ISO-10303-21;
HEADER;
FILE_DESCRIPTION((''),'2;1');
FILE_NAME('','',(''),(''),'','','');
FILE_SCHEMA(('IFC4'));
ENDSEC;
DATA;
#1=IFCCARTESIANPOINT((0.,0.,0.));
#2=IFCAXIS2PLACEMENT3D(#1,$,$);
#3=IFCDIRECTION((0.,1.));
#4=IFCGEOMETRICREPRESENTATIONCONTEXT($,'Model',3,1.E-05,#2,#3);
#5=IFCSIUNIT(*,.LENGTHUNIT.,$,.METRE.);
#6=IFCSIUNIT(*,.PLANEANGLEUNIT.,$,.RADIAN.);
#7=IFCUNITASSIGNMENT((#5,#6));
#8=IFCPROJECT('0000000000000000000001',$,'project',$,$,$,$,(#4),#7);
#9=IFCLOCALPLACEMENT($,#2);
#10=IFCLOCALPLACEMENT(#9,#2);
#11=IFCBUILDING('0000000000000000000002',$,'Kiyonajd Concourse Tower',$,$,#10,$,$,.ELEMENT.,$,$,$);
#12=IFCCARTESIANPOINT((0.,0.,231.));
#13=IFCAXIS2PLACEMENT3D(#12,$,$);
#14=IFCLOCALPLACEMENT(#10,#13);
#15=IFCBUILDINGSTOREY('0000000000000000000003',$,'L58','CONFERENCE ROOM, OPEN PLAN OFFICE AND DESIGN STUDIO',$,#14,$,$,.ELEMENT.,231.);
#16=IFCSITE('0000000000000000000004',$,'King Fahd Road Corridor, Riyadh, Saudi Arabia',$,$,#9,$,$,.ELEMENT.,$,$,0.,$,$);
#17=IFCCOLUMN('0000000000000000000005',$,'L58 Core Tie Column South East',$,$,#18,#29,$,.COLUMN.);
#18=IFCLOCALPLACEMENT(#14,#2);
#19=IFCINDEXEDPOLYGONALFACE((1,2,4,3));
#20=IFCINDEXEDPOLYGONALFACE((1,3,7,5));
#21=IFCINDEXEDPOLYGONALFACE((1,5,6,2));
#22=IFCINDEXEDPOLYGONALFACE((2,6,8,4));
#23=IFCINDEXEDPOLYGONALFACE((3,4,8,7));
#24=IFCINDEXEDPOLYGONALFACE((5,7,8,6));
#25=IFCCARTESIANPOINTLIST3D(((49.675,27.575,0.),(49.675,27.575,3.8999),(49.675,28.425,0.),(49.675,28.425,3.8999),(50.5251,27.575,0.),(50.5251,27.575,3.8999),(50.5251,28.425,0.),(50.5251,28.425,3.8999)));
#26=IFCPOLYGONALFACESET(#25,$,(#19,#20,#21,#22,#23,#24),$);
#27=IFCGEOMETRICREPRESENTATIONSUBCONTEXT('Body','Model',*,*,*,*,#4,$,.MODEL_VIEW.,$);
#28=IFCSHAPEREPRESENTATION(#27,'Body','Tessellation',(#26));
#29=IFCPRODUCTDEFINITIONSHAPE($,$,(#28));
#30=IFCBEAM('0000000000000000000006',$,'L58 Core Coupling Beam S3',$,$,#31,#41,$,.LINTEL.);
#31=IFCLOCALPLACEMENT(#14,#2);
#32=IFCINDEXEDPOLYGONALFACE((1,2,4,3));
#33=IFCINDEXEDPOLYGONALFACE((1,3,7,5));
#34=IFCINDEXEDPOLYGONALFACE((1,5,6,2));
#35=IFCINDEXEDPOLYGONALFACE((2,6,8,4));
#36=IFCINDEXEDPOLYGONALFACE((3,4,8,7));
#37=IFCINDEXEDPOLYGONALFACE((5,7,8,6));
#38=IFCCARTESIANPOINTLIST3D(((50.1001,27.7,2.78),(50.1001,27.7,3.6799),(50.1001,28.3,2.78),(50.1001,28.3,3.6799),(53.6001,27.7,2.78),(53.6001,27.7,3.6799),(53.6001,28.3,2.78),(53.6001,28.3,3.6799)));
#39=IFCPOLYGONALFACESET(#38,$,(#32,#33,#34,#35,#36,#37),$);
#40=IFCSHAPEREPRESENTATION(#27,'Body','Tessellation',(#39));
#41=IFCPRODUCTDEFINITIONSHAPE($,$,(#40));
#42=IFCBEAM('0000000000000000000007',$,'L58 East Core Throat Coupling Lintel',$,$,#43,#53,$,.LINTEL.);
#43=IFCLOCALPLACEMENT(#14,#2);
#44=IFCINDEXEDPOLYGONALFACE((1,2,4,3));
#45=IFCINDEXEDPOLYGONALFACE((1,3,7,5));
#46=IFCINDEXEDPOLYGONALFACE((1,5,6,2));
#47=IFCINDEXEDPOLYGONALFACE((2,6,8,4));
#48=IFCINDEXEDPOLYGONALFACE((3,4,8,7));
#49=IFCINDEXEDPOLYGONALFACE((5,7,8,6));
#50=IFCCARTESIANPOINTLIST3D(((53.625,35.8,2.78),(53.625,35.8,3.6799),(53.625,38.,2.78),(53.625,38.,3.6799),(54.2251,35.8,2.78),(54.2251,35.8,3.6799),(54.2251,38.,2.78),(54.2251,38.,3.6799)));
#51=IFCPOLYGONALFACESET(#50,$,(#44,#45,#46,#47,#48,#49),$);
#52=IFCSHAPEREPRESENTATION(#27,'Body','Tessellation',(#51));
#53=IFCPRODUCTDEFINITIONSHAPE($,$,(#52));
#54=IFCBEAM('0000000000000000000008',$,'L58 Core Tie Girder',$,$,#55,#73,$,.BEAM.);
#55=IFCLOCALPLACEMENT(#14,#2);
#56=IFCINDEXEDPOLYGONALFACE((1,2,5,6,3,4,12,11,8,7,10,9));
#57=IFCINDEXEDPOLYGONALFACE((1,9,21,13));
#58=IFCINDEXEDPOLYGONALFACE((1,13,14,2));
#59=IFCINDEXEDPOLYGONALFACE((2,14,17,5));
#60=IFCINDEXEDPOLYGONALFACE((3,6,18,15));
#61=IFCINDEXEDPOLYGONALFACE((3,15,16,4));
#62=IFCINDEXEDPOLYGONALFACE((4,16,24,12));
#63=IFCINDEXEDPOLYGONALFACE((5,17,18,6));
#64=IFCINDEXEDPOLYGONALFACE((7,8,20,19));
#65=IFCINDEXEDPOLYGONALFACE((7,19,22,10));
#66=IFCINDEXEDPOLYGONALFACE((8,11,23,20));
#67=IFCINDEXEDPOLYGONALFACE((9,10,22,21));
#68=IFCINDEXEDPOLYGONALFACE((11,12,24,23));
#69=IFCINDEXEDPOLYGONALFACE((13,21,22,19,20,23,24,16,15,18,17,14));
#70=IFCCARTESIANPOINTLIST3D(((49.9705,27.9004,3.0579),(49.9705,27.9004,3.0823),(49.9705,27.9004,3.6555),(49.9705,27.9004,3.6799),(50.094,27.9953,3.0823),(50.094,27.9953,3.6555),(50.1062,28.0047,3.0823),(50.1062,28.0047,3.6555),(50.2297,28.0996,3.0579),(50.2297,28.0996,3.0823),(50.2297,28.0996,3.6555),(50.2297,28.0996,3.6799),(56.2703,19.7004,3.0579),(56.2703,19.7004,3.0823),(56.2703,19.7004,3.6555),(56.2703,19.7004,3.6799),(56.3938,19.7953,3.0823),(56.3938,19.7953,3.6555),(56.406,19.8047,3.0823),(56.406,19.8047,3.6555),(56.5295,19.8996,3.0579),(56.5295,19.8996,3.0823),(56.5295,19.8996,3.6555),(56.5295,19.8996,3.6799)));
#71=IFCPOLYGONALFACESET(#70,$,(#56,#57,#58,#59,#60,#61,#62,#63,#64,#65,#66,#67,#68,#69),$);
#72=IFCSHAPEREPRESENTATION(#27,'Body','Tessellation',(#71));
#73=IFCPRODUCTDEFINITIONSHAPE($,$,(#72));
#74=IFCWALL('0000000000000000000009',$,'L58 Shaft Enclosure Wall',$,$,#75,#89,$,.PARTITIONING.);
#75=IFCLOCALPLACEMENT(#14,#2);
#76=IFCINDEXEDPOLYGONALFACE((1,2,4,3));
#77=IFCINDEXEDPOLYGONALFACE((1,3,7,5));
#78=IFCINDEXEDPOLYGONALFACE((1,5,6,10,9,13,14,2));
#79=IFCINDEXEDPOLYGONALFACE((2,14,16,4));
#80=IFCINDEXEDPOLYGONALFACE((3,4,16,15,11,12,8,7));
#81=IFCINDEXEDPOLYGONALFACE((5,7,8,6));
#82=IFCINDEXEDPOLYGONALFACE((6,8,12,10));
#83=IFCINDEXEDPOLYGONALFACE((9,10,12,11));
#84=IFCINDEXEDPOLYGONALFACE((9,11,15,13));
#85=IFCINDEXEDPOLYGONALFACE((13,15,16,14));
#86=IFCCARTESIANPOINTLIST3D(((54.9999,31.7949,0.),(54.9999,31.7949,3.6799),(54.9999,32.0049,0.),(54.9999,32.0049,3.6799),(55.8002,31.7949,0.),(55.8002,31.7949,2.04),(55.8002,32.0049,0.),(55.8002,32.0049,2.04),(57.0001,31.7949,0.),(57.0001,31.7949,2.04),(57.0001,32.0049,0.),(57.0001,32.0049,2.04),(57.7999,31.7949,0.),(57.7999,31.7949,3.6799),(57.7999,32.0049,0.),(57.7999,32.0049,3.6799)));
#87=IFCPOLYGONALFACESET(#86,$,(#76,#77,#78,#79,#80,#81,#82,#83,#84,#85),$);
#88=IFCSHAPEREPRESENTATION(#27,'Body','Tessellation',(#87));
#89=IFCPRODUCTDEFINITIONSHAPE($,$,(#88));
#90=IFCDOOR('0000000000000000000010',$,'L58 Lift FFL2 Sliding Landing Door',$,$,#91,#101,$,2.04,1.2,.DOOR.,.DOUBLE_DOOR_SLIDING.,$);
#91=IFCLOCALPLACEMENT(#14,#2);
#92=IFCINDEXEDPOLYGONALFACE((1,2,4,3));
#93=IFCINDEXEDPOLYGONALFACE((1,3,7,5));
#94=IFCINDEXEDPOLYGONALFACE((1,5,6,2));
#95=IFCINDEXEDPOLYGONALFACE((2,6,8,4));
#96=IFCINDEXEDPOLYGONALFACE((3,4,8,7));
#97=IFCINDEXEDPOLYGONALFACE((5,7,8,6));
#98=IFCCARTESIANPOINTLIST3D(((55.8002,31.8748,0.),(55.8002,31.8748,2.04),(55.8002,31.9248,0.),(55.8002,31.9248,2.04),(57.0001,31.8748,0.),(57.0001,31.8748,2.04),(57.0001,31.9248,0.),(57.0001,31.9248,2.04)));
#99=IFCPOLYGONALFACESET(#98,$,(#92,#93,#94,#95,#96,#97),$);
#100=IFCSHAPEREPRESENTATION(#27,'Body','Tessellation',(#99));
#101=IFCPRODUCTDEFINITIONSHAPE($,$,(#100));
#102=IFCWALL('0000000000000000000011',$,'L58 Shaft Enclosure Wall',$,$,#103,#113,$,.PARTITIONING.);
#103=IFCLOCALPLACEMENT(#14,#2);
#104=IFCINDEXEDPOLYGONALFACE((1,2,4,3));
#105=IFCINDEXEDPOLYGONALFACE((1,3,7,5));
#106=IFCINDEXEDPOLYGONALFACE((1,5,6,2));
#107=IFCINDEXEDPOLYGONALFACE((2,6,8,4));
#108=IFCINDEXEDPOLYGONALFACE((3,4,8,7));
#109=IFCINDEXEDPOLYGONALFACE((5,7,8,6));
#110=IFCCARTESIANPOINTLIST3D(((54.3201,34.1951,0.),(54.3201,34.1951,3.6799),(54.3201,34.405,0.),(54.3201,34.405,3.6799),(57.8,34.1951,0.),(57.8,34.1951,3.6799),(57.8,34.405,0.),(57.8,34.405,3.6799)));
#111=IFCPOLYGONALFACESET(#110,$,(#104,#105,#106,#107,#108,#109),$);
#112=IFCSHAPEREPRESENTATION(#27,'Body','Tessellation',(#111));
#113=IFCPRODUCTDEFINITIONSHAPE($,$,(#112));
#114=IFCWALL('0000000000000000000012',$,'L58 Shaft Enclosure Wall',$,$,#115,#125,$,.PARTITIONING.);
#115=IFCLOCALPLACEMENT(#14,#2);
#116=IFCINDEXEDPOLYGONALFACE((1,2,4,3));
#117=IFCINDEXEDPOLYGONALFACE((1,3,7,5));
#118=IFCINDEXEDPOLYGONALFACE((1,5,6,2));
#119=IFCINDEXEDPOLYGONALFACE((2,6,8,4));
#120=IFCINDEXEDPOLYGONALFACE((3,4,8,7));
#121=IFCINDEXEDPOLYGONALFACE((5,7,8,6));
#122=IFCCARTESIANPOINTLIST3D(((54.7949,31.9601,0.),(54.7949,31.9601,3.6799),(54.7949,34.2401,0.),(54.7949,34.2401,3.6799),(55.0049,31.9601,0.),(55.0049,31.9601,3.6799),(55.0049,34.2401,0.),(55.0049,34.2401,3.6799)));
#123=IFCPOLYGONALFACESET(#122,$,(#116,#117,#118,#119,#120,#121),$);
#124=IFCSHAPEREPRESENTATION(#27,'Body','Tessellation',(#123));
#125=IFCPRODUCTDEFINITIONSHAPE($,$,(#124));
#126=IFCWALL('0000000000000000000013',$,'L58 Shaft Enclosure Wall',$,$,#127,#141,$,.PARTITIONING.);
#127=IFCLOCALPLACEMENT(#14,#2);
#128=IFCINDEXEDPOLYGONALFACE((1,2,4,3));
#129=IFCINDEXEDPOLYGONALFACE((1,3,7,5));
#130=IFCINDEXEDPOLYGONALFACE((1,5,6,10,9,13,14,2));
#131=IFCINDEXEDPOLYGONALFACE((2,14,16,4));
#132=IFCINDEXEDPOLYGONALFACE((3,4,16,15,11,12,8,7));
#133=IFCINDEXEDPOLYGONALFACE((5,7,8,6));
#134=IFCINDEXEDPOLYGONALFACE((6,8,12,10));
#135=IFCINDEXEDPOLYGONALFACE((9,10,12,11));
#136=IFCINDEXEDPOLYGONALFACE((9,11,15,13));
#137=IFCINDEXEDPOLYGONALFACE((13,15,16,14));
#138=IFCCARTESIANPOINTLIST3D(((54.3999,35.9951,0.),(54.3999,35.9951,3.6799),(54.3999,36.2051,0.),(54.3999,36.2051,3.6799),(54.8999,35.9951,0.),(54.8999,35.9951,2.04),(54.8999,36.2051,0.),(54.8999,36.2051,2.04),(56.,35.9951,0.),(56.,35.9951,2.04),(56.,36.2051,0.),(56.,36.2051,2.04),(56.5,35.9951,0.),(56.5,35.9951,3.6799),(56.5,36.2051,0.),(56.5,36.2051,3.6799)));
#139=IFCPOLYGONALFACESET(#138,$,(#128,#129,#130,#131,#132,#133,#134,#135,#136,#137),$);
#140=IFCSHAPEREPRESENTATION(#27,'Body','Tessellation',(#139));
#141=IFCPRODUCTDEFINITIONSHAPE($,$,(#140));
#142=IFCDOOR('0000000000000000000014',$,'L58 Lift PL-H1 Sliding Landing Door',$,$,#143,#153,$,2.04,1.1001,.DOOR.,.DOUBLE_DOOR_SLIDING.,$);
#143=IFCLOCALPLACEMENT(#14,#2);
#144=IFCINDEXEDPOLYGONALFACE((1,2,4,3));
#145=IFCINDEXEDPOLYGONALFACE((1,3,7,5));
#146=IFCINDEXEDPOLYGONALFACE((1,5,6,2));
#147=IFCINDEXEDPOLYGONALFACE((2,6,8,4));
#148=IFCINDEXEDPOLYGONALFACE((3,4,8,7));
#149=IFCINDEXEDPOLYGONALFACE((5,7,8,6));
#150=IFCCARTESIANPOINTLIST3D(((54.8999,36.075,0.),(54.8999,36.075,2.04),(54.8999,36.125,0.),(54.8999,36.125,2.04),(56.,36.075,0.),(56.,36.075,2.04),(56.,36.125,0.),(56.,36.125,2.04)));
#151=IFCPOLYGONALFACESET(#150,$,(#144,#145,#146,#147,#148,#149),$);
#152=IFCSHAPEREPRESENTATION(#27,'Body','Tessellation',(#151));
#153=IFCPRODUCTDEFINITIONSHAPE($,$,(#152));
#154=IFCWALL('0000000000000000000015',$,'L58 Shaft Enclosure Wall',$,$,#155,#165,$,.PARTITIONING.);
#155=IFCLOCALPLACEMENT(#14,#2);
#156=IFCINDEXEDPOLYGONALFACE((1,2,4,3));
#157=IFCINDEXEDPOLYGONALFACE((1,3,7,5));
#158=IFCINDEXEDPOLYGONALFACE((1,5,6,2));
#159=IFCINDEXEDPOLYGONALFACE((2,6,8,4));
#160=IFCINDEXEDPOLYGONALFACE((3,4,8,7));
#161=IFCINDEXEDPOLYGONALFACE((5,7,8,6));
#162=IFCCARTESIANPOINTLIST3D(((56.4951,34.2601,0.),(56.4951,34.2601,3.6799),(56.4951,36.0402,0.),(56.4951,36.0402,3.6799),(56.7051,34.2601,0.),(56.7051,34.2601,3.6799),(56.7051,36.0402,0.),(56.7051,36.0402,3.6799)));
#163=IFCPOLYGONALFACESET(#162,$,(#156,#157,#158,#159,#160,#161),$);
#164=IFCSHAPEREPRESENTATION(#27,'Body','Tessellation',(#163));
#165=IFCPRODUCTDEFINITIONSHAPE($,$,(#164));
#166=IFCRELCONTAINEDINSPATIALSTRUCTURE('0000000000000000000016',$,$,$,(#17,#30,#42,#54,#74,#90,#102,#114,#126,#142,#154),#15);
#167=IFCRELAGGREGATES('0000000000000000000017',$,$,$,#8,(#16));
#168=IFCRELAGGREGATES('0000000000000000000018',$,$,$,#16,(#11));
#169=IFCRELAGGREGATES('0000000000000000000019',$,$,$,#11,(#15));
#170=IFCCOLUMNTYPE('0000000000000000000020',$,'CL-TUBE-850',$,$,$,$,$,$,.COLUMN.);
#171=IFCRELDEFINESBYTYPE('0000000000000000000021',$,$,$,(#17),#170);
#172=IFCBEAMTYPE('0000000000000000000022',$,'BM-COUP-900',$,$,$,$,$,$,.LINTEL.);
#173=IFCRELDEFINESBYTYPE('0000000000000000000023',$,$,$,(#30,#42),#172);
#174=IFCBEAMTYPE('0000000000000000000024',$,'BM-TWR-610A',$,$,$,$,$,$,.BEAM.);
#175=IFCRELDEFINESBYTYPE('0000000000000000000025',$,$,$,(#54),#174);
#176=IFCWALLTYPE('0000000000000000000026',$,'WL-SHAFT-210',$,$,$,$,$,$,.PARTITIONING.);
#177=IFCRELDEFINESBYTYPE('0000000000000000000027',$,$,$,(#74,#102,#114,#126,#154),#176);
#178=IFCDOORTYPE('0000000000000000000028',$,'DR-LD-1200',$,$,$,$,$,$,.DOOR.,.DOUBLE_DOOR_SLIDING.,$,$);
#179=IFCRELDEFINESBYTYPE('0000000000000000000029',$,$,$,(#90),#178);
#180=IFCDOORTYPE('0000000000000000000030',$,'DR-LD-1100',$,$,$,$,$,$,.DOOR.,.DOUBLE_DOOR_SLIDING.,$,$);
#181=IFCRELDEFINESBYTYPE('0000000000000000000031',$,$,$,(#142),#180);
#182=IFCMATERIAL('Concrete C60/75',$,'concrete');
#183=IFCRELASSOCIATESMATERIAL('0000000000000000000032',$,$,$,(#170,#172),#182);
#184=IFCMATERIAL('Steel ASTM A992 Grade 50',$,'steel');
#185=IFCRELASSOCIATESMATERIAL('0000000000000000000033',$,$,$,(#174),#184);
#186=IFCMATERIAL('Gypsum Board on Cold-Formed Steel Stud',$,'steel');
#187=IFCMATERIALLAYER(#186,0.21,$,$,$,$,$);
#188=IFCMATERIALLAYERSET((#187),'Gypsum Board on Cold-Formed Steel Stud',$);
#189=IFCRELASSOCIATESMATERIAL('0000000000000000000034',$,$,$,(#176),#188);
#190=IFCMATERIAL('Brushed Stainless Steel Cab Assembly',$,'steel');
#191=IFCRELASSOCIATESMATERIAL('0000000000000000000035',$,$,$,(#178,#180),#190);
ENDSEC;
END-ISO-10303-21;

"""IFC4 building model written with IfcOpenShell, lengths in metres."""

from ifc_helpers import new_model, si_unit, direction, frame, frame_2d, origin, origin_2d, place, context, subcontext, project, spatial, rectangle, i_section, extrude, material, layer, layer_set, material_profile, profile_set, type_object, element, fill, save


model = new_model("IFC4")

# Units and contexts
model_context = context("Model", 3, precision=1e-05, world=origin(), true_north=direction((0.0, 1.0)))
body_context = subcontext(model_context, "Body", "Model", "MODEL_VIEW")
ifc_project = project(units=[si_unit("LENGTHUNIT", "METRE"), si_unit("PLANEANGLEUNIT", "RADIAN")], contexts=[model_context])

# Site, building, storey
site_placement = place(None, origin())
site = spatial("IfcSite", under=ifc_project, at=site_placement, Name="King Fahd Road Corridor, Riyadh, Saudi Arabia", CompositionType="ELEMENT", RefElevation=0.0)
building_placement = place(site_placement, origin())
building = spatial("IfcBuilding", under=site, at=building_placement, Name="Kiyonajd Concourse Tower", CompositionType="ELEMENT")
storey_placement = place(building_placement, frame((0.0, 0.0, 231.0)))
storey = spatial("IfcBuildingStorey", under=building, at=storey_placement, Name="L58", Description="CONFERENCE ROOM, OPEN PLAN OFFICE AND DESIGN STUDIO", CompositionType="ELEMENT", Elevation=231.0)

# Column
ifc_material_1 = material(Name="Concrete C60/75", Category="concrete")
ifc_material_profile_1 = material_profile(ifc_material_1, rectangle(XDim=0.8501, YDim=0.8501, at=origin_2d()), Name="RC-850x850")
ifc_profile_set_1 = profile_set([ifc_material_profile_1], Name="Concrete C60/75")
column_type = type_object("IfcColumnType", Name="CL-TUBE-850", PredefinedType="COLUMN", material=ifc_profile_set_1)
column_placement = place(storey_placement, frame((50.1001, 28.0, 0.0), z_axis=(0.0, 0.0, 1.0), x_axis=(1.0, 0.0, 0.0)))
element("IfcColumn", 1, at=column_placement, inside=storey, type_object=column_type, Name="L58 Core Tie Column South East", PredefinedType="COLUMN", context=body_context, shape_type="SweptSolid", body=[
    extrude(rectangle(XDim=0.8501, YDim=0.8501, at=origin_2d()), origin(), (0.0, 0.0, 1.0), 3.8999),
])

# Beams
ifc_material_profile_2 = material_profile(ifc_material_1, rectangle(XDim=0.6001, YDim=0.8999, at=origin_2d()), Name="RCBM-600x900")
ifc_profile_set_2 = profile_set([ifc_material_profile_2], Name="Concrete C60/75")
beam_type_1 = type_object("IfcBeamType", Name="BM-COUP-900", PredefinedType="LINTEL", material=ifc_profile_set_2)
beam_1_placement = place(storey_placement, frame((50.1001, 28.0, 3.23), z_axis=(1.0, 0.0, 0.0), x_axis=(0.0, 1.0, 0.0)))
element("IfcBeam", 2, at=beam_1_placement, inside=storey, type_object=beam_type_1, Name="L58 Core Coupling Beam S3", PredefinedType="LINTEL", context=body_context, shape_type="SweptSolid", body=[
    extrude(rectangle(XDim=0.6001, YDim=0.8999, at=origin_2d()), origin(), (0.0, 0.0, 1.0), 3.5),
])
beam_2_placement = place(storey_placement, frame((53.925, 35.8, 3.23), z_axis=(0.0, 1.0, 0.0), x_axis=(-1.0, 0.0, 0.0)))
element("IfcBeam", 3, at=beam_2_placement, inside=storey, type_object=beam_type_1, Name="L58 East Core Throat Coupling Lintel", PredefinedType="LINTEL", context=body_context, shape_type="SweptSolid", body=[
    extrude(rectangle(XDim=0.6001, YDim=0.8999, at=origin_2d()), origin(), (0.0, 0.0, 1.0), 2.2),
])
ifc_material_2 = material(Name="Steel ASTM A992 Grade 50", Category="steel")
ifc_material_profile_3 = material_profile(ifc_material_2, i_section(OverallWidth=0.3269, OverallDepth=0.6221, WebThickness=0.0154, FlangeThickness=0.0244, at=origin_2d()), Name="W610X195")
ifc_profile_set_3 = profile_set([ifc_material_profile_3], Name="Steel ASTM A992 Grade 50")
beam_type_2 = type_object("IfcBeamType", Name="BM-TWR-610A", PredefinedType="BEAM", material=ifc_profile_set_3)
beam_3_placement = place(storey_placement, frame((50.1001, 28.0, 3.3689), z_axis=(0.609234, -0.792991, 0.0), x_axis=(0.792991, 0.609234, 0.0)))
element("IfcBeam", 4, at=beam_3_placement, inside=storey, type_object=beam_type_2, Name="L58 Core Tie Girder", PredefinedType="BEAM", context=body_context, shape_type="SweptSolid", body=[
    extrude(i_section(OverallWidth=0.3269, OverallDepth=0.6221, WebThickness=0.0154, FlangeThickness=0.0244, at=origin_2d()), origin(), (0.0, 0.0, 1.0), 10.3406),
])

# Wall, opening, door
ifc_material_3 = material(Name="Gypsum Board on Cold-Formed Steel Stud", Category="steel")
ifc_layer_1 = layer(ifc_material_3, 0.21)
ifc_layer_set_1 = layer_set([ifc_layer_1], Name="Gypsum Board on Cold-Formed Steel Stud")
wall_type_1 = type_object("IfcWallType", Name="WL-SHAFT-210", PredefinedType="PARTITIONING", material=ifc_layer_set_1)
wall_1_placement = place(storey_placement, frame((55.0, 31.8999, 0.0), z_axis=(0.0, 0.0, 1.0), x_axis=(1.0, 0.0, 0.0)))
wall_1 = element("IfcWall", 5, at=wall_1_placement, inside=storey, type_object=wall_type_1, Name="L58 Shaft Enclosure Wall", PredefinedType="PARTITIONING", context=body_context, shape_type="SweptSolid", body=[
    extrude(rectangle(XDim=2.8, YDim=0.21, at=frame_2d((1.3999, 0.0))), origin(), (0.0, 0.0, 1.0), 3.6799),
])
opening_1_placement = place(wall_1_placement, frame((0.8, 0.0, 0.0)))
opening_1 = element("IfcOpeningElement", 6, at=opening_1_placement, cuts=wall_1, PredefinedType="OPENING", context=body_context, shape_type="SweptSolid", body=[
    extrude(rectangle(XDim=1.2, YDim=2.04, at=frame_2d((0.6001, 1.02))), frame((0.0, 0.115, 0.0), z_axis=(0.0, -1.0, 0.0), x_axis=(1.0, 0.0, 0.0)), (0.0, 0.0, 1.0), 0.23),
])
ifc_material_4 = material(Name="Brushed Stainless Steel Cab Assembly", Category="steel")
door_type_1 = type_object("IfcDoorType", Name="DR-LD-1200", OperationType="DOUBLE_DOOR_SLIDING", PredefinedType="DOOR", material=ifc_material_4)
door_1_placement = place(opening_1_placement, origin())
door_1 = element("IfcDoor", 7, at=door_1_placement, inside=storey, type_object=door_type_1, Name="L58 Lift FFL2 Sliding Landing Door", OperationType="DOUBLE_DOOR_SLIDING", OverallHeight=2.04, OverallWidth=1.2, PredefinedType="DOOR", context=body_context, shape_type="SweptSolid", body=[
    extrude(rectangle(XDim=1.2, YDim=2.04, at=frame_2d((0.6001, 1.02))), frame((0.0, 0.0249, 0.0), z_axis=(0.0, -1.0, 0.0), x_axis=(1.0, 0.0, 0.0)), (0.0, 0.0, 1.0), 0.05),
])
fill(opening_1, door_1)

# Walls
wall_2_placement = place(storey_placement, frame((54.3201, 34.3, 0.0), z_axis=(0.0, 0.0, 1.0), x_axis=(1.0, 0.0, 0.0)))
element("IfcWall", 8, at=wall_2_placement, inside=storey, type_object=wall_type_1, Name="L58 Shaft Enclosure Wall", PredefinedType="PARTITIONING", context=body_context, shape_type="SweptSolid", body=[
    extrude(rectangle(XDim=3.48, YDim=0.21, at=frame_2d((1.74, 0.0))), origin(), (0.0, 0.0, 1.0), 3.6799),
])
wall_3_placement = place(storey_placement, frame((54.8999, 31.96, 0.0), z_axis=(0.0, 0.0, 1.0), x_axis=(0.0, 1.0, 0.0)))
element("IfcWall", 9, at=wall_3_placement, inside=storey, type_object=wall_type_1, Name="L58 Shaft Enclosure Wall", PredefinedType="PARTITIONING", context=body_context, shape_type="SweptSolid", body=[
    extrude(rectangle(XDim=2.28, YDim=0.21, at=frame_2d((1.1401, 0.0))), origin(), (0.0, 0.0, 1.0), 3.6799),
])

# Wall, opening, door
wall_4_placement = place(storey_placement, frame((54.3999, 36.1001, 0.0), z_axis=(0.0, 0.0, 1.0), x_axis=(1.0, 0.0, 0.0)))
wall_4 = element("IfcWall", 10, at=wall_4_placement, inside=storey, type_object=wall_type_1, Name="L58 Shaft Enclosure Wall", PredefinedType="PARTITIONING", context=body_context, shape_type="SweptSolid", body=[
    extrude(rectangle(XDim=2.1001, YDim=0.21, at=frame_2d((1.05, 0.0))), origin(), (0.0, 0.0, 1.0), 3.6799),
])
opening_2_placement = place(wall_4_placement, frame((0.5, 0.0, 0.0)))
opening_2 = element("IfcOpeningElement", 11, at=opening_2_placement, cuts=wall_4, PredefinedType="OPENING", context=body_context, shape_type="SweptSolid", body=[
    extrude(rectangle(XDim=1.1001, YDim=2.04, at=frame_2d((0.55, 1.02))), frame((0.0, 0.115, 0.0), z_axis=(0.0, -1.0, 0.0), x_axis=(1.0, 0.0, 0.0)), (0.0, 0.0, 1.0), 0.23),
])
door_type_2 = type_object("IfcDoorType", Name="DR-LD-1100", OperationType="DOUBLE_DOOR_SLIDING", PredefinedType="DOOR", material=ifc_material_4)
door_2_placement = place(opening_2_placement, origin())
door_2 = element("IfcDoor", 12, at=door_2_placement, inside=storey, type_object=door_type_2, Name="L58 Lift PL-H1 Sliding Landing Door", OperationType="DOUBLE_DOOR_SLIDING", OverallHeight=2.04, OverallWidth=1.1001, PredefinedType="DOOR", context=body_context, shape_type="SweptSolid", body=[
    extrude(rectangle(XDim=1.1001, YDim=2.04, at=frame_2d((0.55, 1.02))), frame((0.0, 0.0249, 0.0), z_axis=(0.0, -1.0, 0.0), x_axis=(1.0, 0.0, 0.0)), (0.0, 0.0, 1.0), 0.05),
])
fill(opening_2, door_2)

# Wall
wall_5_placement = place(storey_placement, frame((56.6001, 34.26, 0.0), z_axis=(0.0, 0.0, 1.0), x_axis=(0.0, 1.0, 0.0)))
element("IfcWall", 13, at=wall_5_placement, inside=storey, type_object=wall_type_1, Name="L58 Shaft Enclosure Wall", PredefinedType="PARTITIONING", context=body_context, shape_type="SweptSolid", body=[
    extrude(rectangle(XDim=1.78, YDim=0.21, at=frame_2d((0.8901, 0.0))), origin(), (0.0, 0.0, 1.0), 3.6799),
])

save(model, "model.ifc")
